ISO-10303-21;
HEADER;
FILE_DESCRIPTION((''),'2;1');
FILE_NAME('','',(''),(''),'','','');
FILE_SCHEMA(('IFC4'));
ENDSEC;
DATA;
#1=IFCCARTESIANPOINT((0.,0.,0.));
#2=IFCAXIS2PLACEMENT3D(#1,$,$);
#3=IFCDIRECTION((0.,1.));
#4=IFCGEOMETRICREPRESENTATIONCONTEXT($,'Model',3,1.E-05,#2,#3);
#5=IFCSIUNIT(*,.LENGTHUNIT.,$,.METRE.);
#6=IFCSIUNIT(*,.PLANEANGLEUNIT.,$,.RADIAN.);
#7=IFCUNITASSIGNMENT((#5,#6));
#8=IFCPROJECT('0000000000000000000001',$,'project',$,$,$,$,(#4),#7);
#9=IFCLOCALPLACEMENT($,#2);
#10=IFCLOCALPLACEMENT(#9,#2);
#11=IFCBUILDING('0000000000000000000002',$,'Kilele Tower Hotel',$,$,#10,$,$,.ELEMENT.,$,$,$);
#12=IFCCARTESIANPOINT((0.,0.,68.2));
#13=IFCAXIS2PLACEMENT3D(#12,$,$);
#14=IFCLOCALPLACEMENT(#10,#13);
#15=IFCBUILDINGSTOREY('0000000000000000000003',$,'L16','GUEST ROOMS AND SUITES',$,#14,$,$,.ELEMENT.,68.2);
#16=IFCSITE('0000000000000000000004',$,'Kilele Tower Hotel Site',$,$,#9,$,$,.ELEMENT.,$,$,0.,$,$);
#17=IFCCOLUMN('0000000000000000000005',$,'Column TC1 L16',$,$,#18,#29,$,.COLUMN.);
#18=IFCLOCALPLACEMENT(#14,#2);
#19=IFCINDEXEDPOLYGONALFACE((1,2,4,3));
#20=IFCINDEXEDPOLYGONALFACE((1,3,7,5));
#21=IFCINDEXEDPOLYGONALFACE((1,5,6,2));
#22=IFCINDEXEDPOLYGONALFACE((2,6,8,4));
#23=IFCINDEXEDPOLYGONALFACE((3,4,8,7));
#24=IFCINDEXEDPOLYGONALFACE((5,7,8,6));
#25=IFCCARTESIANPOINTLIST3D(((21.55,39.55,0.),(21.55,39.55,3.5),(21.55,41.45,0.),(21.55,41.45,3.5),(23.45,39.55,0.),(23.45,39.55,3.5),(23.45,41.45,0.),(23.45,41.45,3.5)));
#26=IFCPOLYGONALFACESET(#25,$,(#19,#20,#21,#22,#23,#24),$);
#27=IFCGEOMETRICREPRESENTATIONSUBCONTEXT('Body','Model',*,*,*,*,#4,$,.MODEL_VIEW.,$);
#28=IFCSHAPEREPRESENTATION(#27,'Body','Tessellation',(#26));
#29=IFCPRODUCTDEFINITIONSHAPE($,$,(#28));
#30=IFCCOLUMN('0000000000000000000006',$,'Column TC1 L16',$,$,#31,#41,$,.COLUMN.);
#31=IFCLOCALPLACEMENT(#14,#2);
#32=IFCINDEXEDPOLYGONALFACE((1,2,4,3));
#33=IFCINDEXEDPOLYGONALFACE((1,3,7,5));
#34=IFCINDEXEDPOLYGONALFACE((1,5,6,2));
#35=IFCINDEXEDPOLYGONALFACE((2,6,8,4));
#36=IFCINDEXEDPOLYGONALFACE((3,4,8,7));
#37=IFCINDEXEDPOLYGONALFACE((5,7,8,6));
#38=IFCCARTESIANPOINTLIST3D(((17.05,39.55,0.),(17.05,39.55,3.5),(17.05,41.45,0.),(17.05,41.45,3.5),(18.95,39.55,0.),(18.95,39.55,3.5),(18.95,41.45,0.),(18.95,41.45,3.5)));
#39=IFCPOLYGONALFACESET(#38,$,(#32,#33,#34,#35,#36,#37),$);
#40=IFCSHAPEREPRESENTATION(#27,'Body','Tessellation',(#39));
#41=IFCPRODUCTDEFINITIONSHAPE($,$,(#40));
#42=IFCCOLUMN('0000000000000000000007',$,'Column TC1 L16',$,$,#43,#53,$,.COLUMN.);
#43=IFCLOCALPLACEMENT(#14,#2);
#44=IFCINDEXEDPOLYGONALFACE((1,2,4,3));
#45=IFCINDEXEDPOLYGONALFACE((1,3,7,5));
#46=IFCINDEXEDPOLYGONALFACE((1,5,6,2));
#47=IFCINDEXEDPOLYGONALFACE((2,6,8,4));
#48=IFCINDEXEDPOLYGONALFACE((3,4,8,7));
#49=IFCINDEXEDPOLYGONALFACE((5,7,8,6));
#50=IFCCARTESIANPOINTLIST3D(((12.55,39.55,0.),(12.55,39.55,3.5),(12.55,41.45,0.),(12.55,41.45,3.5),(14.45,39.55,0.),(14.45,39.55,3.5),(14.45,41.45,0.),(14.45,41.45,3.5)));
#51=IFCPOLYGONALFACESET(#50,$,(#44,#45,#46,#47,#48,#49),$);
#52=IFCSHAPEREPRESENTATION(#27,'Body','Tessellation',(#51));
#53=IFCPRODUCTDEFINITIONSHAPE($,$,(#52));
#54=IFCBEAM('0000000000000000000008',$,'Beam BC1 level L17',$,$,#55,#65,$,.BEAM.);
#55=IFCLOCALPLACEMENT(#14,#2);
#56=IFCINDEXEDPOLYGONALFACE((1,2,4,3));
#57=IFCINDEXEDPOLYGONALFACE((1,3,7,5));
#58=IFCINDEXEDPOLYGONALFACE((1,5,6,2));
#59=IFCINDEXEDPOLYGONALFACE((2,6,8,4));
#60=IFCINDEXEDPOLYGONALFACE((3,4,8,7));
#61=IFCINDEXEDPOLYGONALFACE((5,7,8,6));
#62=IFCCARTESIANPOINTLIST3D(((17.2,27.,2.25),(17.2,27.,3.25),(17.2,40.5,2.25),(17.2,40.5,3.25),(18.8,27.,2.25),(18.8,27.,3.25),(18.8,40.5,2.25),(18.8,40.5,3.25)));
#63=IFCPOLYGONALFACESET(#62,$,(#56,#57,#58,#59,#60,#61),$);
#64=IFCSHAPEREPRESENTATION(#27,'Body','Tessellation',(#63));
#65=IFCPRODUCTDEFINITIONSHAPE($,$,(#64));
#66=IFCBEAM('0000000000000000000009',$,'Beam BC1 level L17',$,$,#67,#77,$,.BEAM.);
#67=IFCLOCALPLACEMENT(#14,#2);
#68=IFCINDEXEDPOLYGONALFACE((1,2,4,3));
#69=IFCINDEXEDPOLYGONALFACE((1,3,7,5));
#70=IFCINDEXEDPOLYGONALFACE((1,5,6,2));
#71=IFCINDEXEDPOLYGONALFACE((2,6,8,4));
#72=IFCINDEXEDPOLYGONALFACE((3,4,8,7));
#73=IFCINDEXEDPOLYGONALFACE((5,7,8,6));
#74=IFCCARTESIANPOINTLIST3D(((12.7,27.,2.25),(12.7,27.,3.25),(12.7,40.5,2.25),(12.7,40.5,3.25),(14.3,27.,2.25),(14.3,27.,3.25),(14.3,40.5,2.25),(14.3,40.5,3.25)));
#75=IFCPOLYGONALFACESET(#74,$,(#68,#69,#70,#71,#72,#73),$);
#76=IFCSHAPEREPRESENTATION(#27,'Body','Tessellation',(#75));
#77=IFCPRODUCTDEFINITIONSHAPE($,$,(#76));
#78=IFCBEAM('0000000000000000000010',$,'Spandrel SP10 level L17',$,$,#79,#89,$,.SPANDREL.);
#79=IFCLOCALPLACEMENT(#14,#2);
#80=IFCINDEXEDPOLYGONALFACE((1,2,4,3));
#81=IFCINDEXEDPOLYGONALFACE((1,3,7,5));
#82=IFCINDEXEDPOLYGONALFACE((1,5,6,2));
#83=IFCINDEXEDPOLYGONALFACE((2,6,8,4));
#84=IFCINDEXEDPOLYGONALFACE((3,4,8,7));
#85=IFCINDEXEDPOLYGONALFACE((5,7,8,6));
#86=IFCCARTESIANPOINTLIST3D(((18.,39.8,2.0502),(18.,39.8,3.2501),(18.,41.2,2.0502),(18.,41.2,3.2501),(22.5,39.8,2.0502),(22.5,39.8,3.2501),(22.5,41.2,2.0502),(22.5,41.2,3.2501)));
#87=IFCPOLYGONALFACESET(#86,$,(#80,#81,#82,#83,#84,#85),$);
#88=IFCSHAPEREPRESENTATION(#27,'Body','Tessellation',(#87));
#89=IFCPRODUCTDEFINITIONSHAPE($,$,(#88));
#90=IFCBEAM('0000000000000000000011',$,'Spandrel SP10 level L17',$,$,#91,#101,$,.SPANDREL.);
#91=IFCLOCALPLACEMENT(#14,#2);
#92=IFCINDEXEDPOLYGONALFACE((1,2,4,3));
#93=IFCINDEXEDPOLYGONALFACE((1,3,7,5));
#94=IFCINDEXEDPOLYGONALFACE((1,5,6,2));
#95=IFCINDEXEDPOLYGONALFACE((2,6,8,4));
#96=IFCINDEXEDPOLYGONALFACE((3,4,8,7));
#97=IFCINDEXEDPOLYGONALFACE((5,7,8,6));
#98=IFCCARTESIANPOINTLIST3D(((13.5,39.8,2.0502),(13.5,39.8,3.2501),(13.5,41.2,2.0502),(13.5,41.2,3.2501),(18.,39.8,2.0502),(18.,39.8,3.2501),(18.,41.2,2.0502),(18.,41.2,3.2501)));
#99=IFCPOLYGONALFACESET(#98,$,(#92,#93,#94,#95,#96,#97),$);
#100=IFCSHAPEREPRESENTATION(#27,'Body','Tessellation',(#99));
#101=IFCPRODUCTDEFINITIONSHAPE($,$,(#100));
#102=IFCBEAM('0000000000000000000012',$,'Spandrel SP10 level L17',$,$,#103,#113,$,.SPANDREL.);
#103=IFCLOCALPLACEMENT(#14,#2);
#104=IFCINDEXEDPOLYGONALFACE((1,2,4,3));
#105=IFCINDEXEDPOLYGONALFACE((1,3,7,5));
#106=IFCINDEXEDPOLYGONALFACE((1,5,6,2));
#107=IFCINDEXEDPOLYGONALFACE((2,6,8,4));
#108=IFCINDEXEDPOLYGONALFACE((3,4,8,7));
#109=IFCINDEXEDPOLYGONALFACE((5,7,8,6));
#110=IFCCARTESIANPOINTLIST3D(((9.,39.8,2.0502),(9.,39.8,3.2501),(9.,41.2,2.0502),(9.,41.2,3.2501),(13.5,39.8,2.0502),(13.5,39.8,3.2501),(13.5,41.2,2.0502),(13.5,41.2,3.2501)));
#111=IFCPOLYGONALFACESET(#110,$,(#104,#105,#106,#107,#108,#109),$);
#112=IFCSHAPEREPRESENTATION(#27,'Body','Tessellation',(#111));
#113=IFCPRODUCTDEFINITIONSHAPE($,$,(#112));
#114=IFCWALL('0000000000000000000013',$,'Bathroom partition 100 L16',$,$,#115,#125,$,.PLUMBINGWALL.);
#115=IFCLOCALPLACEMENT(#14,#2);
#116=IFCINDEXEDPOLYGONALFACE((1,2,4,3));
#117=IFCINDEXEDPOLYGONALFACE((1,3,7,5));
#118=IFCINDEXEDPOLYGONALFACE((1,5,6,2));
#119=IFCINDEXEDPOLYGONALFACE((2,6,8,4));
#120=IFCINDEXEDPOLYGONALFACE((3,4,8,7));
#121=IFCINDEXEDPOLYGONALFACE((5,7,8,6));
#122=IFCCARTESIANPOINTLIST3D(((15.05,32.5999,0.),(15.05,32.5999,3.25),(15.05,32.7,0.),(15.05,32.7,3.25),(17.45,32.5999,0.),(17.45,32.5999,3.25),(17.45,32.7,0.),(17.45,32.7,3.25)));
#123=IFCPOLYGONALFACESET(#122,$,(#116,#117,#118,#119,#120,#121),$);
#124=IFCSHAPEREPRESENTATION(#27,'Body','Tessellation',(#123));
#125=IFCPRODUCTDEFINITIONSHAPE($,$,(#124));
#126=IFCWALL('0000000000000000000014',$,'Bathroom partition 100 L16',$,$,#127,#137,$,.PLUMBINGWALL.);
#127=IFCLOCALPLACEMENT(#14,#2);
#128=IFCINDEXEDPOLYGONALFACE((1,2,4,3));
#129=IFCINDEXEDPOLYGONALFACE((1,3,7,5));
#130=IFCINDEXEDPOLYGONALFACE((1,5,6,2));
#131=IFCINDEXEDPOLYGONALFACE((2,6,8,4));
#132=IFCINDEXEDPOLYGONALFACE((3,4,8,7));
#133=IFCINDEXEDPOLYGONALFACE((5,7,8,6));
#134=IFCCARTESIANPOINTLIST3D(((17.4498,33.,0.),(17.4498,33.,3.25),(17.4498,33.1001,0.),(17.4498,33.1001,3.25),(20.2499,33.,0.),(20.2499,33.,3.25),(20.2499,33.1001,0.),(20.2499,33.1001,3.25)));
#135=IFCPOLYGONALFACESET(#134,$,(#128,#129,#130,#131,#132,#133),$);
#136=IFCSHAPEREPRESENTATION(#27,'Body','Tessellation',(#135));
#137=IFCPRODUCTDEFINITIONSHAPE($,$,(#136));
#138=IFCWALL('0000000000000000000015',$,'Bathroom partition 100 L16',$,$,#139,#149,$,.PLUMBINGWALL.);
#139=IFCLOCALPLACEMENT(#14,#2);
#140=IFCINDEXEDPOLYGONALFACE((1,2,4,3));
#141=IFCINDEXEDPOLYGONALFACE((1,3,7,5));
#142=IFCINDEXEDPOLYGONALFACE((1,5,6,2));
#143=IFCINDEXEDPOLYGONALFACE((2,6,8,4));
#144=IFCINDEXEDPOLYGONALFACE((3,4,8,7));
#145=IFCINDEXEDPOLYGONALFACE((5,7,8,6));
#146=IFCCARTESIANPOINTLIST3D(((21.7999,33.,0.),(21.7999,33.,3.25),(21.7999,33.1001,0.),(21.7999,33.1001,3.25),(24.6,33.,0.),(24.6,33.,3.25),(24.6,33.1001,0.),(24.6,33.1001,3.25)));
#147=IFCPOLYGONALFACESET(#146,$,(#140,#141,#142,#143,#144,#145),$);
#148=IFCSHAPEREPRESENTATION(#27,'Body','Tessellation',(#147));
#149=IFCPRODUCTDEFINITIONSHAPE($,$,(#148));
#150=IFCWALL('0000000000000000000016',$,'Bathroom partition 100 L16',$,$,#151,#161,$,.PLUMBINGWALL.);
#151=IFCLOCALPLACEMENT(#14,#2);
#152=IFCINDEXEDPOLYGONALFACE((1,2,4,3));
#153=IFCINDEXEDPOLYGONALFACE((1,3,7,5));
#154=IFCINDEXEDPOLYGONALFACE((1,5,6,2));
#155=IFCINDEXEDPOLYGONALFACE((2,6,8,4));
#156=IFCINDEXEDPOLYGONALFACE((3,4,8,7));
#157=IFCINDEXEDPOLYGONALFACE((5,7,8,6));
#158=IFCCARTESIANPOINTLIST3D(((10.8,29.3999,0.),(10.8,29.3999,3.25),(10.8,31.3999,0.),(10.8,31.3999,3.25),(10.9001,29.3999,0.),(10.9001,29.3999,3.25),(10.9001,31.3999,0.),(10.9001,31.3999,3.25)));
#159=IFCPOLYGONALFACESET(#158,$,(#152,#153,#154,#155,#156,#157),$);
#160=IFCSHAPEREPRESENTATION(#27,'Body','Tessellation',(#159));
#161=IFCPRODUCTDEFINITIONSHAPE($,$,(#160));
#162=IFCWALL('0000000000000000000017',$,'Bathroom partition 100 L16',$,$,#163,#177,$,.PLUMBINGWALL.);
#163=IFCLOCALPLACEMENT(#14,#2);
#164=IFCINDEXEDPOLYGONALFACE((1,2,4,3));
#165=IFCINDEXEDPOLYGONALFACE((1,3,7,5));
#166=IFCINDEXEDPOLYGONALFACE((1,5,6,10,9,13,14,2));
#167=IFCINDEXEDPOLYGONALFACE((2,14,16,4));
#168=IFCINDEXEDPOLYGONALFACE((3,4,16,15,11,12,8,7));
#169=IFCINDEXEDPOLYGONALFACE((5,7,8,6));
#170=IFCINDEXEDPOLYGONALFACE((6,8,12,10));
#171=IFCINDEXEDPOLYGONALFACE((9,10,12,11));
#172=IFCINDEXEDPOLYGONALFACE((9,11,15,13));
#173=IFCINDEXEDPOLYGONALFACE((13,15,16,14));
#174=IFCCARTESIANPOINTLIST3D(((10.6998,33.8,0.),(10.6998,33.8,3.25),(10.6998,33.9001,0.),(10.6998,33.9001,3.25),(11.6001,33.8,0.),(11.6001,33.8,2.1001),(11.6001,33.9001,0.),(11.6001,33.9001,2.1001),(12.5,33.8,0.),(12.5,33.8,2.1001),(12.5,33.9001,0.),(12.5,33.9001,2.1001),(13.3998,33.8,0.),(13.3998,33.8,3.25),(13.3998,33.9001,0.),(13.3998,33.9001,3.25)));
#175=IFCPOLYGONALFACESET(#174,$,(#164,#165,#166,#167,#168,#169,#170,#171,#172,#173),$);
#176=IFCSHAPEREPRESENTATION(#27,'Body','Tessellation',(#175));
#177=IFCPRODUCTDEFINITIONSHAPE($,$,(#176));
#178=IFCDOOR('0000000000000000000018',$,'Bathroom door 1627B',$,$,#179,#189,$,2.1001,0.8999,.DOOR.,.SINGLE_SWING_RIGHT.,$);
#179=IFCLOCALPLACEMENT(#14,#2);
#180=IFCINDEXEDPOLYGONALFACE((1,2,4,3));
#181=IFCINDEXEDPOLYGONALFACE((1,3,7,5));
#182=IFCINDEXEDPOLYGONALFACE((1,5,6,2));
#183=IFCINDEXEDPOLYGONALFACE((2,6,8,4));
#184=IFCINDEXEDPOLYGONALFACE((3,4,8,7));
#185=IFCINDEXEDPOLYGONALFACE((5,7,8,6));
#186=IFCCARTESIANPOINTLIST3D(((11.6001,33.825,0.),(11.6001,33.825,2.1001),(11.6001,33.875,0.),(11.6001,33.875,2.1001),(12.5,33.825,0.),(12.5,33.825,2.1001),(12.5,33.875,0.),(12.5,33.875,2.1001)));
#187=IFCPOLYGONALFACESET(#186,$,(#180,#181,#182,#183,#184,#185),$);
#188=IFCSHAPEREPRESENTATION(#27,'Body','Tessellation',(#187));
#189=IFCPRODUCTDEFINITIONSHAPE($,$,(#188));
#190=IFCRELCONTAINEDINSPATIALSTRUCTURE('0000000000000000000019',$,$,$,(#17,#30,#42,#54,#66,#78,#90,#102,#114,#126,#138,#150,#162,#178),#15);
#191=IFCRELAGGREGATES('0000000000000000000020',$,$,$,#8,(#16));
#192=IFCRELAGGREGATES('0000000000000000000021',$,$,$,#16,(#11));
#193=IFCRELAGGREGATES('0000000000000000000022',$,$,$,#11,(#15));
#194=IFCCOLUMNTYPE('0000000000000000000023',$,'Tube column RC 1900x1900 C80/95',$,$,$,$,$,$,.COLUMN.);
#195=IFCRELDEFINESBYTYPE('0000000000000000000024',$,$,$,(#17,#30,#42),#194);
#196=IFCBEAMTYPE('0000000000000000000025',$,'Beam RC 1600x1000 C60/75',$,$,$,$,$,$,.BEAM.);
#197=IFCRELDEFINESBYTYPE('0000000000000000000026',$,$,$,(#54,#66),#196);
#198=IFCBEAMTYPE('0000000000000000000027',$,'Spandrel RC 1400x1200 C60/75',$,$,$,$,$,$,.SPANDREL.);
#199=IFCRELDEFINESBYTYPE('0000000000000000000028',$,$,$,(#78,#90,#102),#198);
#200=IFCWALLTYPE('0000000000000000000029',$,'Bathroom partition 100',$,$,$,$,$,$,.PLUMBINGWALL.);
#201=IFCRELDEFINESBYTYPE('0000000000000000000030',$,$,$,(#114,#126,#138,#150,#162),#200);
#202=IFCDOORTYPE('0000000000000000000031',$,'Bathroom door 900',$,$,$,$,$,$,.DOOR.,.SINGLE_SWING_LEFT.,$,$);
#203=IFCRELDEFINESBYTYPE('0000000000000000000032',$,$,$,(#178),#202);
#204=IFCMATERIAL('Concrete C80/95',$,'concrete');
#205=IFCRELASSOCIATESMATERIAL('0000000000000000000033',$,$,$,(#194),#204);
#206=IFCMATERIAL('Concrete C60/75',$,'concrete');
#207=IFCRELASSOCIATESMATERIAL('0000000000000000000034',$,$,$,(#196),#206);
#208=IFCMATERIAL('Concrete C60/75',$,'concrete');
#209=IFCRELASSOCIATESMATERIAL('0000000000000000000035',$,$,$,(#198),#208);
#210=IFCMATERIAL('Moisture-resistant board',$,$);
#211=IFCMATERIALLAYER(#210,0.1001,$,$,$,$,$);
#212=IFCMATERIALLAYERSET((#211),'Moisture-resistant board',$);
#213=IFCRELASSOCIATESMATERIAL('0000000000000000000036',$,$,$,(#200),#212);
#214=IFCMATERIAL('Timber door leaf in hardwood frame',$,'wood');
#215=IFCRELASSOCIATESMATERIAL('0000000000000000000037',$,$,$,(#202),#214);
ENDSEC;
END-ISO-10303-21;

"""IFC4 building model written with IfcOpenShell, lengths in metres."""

from ifc_helpers import new_model, si_unit, direction, frame, frame_2d, origin, origin_2d, place, context, subcontext, project, spatial, rectangle, extrude, material, layer, layer_set, material_profile, profile_set, type_object, element, fill, save


model = new_model("IFC4")

# Units and contexts
model_context = context("Model", 3, precision=1e-05, world=origin(), true_north=direction((0.0, 1.0)))
body_context = subcontext(model_context, "Body", "Model", "MODEL_VIEW")
ifc_project = project(units=[si_unit("LENGTHUNIT", "METRE"), si_unit("PLANEANGLEUNIT", "RADIAN")], contexts=[model_context])

# Site, building, storey
site_placement = place(None, origin())
site = spatial("IfcSite", under=ifc_project, at=site_placement, Name="Kilele Tower Hotel Site", CompositionType="ELEMENT", RefElevation=0.0)
building_placement = place(site_placement, origin())
building = spatial("IfcBuilding", under=site, at=building_placement, Name="Kilele Tower Hotel", CompositionType="ELEMENT")
storey_placement = place(building_placement, frame((0.0, 0.0, 68.2)))
storey = spatial("IfcBuildingStorey", under=building, at=storey_placement, Name="L16", Description="GUEST ROOMS AND SUITES", CompositionType="ELEMENT", Elevation=68.2)

# Columns
ifc_material_1 = material(Name="Concrete C80/95", Category="concrete")
ifc_material_profile_1 = material_profile(ifc_material_1, rectangle(XDim=1.8999, YDim=1.8999, at=origin_2d()))
ifc_profile_set_1 = profile_set([ifc_material_profile_1], Name="Concrete C80/95")
column_type = type_object("IfcColumnType", Name="Tube column RC 1900x1900 C80/95", PredefinedType="COLUMN", material=ifc_profile_set_1)
for number, where, z_axis, x_axis, name in (
    (1, (22.5, 40.5, 0.0), (0.0, 0.0, 1.0), (1.0, 0.0, 0.0), "Column TC1 L16"),
    (2, (18.0, 40.5, 0.0), (0.0, 0.0, 1.0), (1.0, 0.0, 0.0), "Column TC1 L16"),
    (3, (13.5, 40.5, 0.0), (0.0, 0.0, 1.0), (1.0, 0.0, 0.0), "Column TC1 L16"),
):
    element("IfcColumn", number, at=place(storey_placement, frame(where, z_axis=z_axis, x_axis=x_axis)), inside=storey, type_object=column_type, Name=name, PredefinedType="COLUMN", context=body_context, shape_type="SweptSolid", body=[
        extrude(rectangle(XDim=1.8999, YDim=1.8999, at=origin_2d()), origin(), (0.0, 0.0, 1.0), 3.5),
    ])

# Beams
ifc_material_2 = material(Name="Concrete C60/75", Category="concrete")
ifc_material_profile_2 = material_profile(ifc_material_2, rectangle(XDim=1.6001, YDim=1.0, at=origin_2d()))
ifc_profile_set_2 = profile_set([ifc_material_profile_2], Name="Concrete C60/75")
beam_type_1 = type_object("IfcBeamType", Name="Beam RC 1600x1000 C60/75", PredefinedType="BEAM", material=ifc_profile_set_2)
for number, where, z_axis, x_axis, name in (
    (4, (18.0, 40.5, 2.75), (0.0, -1.0, 0.0), (1.0, 0.0, 0.0), "Beam BC1 level L17"),
    (5, (13.5, 40.5, 2.75), (0.0, -1.0, 0.0), (1.0, 0.0, 0.0), "Beam BC1 level L17"),
):
    element("IfcBeam", number, at=place(storey_placement, frame(where, z_axis=z_axis, x_axis=x_axis)), inside=storey, type_object=beam_type_1, Name=name, PredefinedType="BEAM", context=body_context, shape_type="SweptSolid", body=[
        extrude(rectangle(XDim=1.6001, YDim=1.0, at=origin_2d()), origin(), (0.0, 0.0, 1.0), 13.5),
    ])
ifc_material_3 = material(Name="Concrete C60/75", Category="concrete")
ifc_material_profile_3 = material_profile(ifc_material_3, rectangle(XDim=1.3999, YDim=1.2, at=origin_2d()))
ifc_profile_set_3 = profile_set([ifc_material_profile_3], Name="Concrete C60/75")
beam_type_2 = type_object("IfcBeamType", Name="Spandrel RC 1400x1200 C60/75", PredefinedType="SPANDREL", material=ifc_profile_set_3)
for number, where, z_axis, x_axis, name in (
    (6, (22.5, 40.5, 2.6501), (-1.0, 0.0, 0.0), (0.0, -1.0, 0.0), "Spandrel SP10 level L17"),
    (7, (18.0, 40.5, 2.6501), (-1.0, 0.0, 0.0), (0.0, -1.0, 0.0), "Spandrel SP10 level L17"),
    (8, (13.5, 40.5, 2.6501), (-1.0, 0.0, 0.0), (0.0, -1.0, 0.0), "Spandrel SP10 level L17"),
):
    element("IfcBeam", number, at=place(storey_placement, frame(where, z_axis=z_axis, x_axis=x_axis)), inside=storey, type_object=beam_type_2, Name=name, PredefinedType="SPANDREL", context=body_context, shape_type="SweptSolid", body=[
        extrude(rectangle(XDim=1.3999, YDim=1.2, at=origin_2d()), origin(), (0.0, 0.0, 1.0), 4.5),
    ])

# Walls
ifc_material_4 = material(Name="Moisture-resistant board")
ifc_layer_1 = layer(ifc_material_4, 0.1001)
ifc_layer_set_1 = layer_set([ifc_layer_1], Name="Moisture-resistant board")
wall_type_1 = type_object("IfcWallType", Name="Bathroom partition 100", PredefinedType="PLUMBINGWALL", material=ifc_layer_set_1)
wall_1_placement = place(storey_placement, frame((15.05, 32.6499, 0.0), z_axis=(0.0, 0.0, 1.0), x_axis=(1.0, 0.0, 0.0)))
element("IfcWall", 9, at=wall_1_placement, inside=storey, type_object=wall_type_1, Name="Bathroom partition 100 L16", PredefinedType="PLUMBINGWALL", context=body_context, shape_type="SweptSolid", body=[
    extrude(rectangle(XDim=2.3999, YDim=0.1001, at=frame_2d((1.2, 0.0))), origin(), (0.0, 0.0, 1.0), 3.25),
])
for number, where, z_axis, x_axis, name in (
    (10, (17.45, 33.05, 0.0), (0.0, 0.0, 1.0), (1.0, 0.0, 0.0), "Bathroom partition 100 L16"),
    (11, (21.8, 33.05, 0.0), (0.0, 0.0, 1.0), (1.0, 0.0, 0.0), "Bathroom partition 100 L16"),
):
    element("IfcWall", number, at=place(storey_placement, frame(where, z_axis=z_axis, x_axis=x_axis)), inside=storey, type_object=wall_type_1, Name=name, PredefinedType="PLUMBINGWALL", context=body_context, shape_type="SweptSolid", body=[
        extrude(rectangle(XDim=2.8, YDim=0.1001, at=frame_2d((1.3999, 0.0))), origin(), (0.0, 0.0, 1.0), 3.25),
    ])
wall_2_placement = place(storey_placement, frame((10.8501, 31.3999, 0.0), z_axis=(0.0, 0.0, 1.0), x_axis=(0.0, -1.0, 0.0)))
element("IfcWall", 12, at=wall_2_placement, inside=storey, type_object=wall_type_1, Name="Bathroom partition 100 L16", PredefinedType="PLUMBINGWALL", context=body_context, shape_type="SweptSolid", body=[
    extrude(rectangle(XDim=2.0, YDim=0.1001, at=frame_2d((1.0, 0.0))), origin(), (0.0, 0.0, 1.0), 3.25),
])

# Wall, opening, door
wall_3_placement = place(storey_placement, frame((13.3999, 33.8501, 0.0), z_axis=(0.0, 0.0, 1.0), x_axis=(-1.0, 0.0, 0.0)))
wall_3 = element("IfcWall", 13, at=wall_3_placement, inside=storey, type_object=wall_type_1, Name="Bathroom partition 100 L16", PredefinedType="PLUMBINGWALL", context=body_context, shape_type="SweptSolid", body=[
    extrude(rectangle(XDim=2.7, YDim=0.1001, at=frame_2d((1.3501, 0.0))), origin(), (0.0, 0.0, 1.0), 3.25),
])
opening_1_placement = place(wall_3_placement, frame((1.7998, 0.0, 0.0), z_axis=(0.0, 0.0, 1.0), x_axis=(-1.0, 0.0, 0.0)))
opening_1 = element("IfcOpeningElement", 14, at=opening_1_placement, cuts=wall_3, PredefinedType="OPENING", context=body_context, shape_type="SweptSolid", body=[
    extrude(rectangle(XDim=0.8999, YDim=2.1001, at=frame_2d((0.45, 1.05))), frame((0.0, 0.0601, 0.0), z_axis=(0.0, -1.0, 0.0), x_axis=(1.0, 0.0, 0.0)), (0.0, 0.0, 1.0), 0.1201),
])
ifc_material_5 = material(Name="Timber door leaf in hardwood frame", Category="wood")
door_type_1 = type_object("IfcDoorType", Name="Bathroom door 900", OperationType="SINGLE_SWING_LEFT", PredefinedType="DOOR", material=ifc_material_5)
door_1_placement = place(opening_1_placement, origin())
door_1 = element("IfcDoor", 15, at=door_1_placement, inside=storey, type_object=door_type_1, Name="Bathroom door 1627B", OperationType="SINGLE_SWING_RIGHT", OverallHeight=2.1001, OverallWidth=0.8999, PredefinedType="DOOR", context=body_context, shape_type="SweptSolid", body=[
    extrude(rectangle(XDim=0.8999, YDim=2.1001, at=frame_2d((0.45, 1.05))), frame((0.0, 0.0249, 0.0), z_axis=(0.0, -1.0, 0.0), x_axis=(1.0, 0.0, 0.0)), (0.0, 0.0, 1.0), 0.05),
])
fill(opening_1, door_1)

save(model, "model.ifc")
